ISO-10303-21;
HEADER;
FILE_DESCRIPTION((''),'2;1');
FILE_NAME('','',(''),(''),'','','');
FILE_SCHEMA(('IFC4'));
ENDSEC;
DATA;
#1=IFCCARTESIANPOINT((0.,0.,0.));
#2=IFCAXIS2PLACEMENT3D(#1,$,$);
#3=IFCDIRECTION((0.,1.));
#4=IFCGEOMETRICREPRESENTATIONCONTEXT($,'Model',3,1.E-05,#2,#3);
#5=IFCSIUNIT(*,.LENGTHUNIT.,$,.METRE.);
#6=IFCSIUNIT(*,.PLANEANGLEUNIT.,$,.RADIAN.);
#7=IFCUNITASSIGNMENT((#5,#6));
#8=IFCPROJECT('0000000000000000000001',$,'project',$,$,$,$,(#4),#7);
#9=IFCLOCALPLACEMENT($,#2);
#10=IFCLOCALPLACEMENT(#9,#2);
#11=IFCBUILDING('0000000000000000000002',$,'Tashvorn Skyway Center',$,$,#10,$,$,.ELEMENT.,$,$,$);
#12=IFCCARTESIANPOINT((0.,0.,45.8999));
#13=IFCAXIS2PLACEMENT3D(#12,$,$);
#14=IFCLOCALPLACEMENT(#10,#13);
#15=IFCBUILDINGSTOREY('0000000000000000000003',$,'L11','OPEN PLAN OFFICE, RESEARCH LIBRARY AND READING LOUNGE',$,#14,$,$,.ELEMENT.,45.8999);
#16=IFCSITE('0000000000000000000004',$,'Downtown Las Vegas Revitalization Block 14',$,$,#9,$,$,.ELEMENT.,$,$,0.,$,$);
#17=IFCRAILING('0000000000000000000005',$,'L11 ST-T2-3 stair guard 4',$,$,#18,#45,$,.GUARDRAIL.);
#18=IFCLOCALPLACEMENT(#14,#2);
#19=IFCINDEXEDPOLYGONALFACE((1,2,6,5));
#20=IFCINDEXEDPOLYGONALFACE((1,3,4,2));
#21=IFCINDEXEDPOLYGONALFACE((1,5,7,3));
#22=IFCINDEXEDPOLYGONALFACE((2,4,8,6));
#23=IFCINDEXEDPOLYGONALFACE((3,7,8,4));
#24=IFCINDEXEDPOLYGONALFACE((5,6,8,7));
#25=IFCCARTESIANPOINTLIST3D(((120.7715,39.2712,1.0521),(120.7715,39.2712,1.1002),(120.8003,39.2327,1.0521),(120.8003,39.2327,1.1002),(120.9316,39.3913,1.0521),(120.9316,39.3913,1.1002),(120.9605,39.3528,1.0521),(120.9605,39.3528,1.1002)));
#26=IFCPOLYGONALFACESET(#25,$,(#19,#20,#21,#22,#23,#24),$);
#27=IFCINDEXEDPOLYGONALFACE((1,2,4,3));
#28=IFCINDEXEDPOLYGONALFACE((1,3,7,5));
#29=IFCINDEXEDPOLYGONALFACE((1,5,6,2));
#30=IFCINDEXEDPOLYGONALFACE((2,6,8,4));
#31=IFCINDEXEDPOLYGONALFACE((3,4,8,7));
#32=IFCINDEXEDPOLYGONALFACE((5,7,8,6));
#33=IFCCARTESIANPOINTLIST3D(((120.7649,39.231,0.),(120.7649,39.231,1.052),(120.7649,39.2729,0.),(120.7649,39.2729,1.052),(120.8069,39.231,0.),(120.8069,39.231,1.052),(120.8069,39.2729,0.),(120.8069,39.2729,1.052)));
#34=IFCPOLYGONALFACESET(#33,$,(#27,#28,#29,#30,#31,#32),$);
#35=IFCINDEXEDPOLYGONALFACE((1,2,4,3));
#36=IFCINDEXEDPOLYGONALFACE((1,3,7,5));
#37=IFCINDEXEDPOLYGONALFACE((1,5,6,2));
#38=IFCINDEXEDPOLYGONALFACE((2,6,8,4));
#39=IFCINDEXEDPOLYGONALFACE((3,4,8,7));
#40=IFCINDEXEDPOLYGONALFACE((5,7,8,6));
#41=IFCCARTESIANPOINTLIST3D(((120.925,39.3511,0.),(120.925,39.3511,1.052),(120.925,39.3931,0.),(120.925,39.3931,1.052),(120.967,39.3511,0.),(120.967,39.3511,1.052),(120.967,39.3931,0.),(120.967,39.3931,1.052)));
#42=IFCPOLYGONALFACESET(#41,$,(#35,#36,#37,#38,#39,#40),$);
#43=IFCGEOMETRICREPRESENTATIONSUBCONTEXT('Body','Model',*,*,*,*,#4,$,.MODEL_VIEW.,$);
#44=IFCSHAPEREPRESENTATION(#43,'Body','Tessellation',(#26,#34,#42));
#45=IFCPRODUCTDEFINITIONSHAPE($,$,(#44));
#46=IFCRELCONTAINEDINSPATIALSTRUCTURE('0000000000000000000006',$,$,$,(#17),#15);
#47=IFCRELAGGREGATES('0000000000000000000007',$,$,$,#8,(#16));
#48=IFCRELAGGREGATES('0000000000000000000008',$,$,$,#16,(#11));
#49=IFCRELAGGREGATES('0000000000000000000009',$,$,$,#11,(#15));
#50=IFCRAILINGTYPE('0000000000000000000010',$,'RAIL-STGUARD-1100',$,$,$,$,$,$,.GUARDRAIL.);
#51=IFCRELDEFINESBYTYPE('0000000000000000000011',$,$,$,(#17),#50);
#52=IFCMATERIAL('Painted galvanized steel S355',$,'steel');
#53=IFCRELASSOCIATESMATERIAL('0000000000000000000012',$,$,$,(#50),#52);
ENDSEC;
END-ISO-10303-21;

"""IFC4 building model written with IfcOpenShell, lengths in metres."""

from ifc_helpers import new_model, si_unit, direction, frame, origin, origin_2d, place, context, subcontext, project, spatial, rectangle, extrude, material, type_object, element, save


model = new_model("IFC4")

# Units and contexts
model_context = context("Model", 3, precision=1e-05, world=origin(), true_north=direction((0.0, 1.0)))
body_context = subcontext(model_context, "Body", "Model", "MODEL_VIEW")
ifc_project = project(units=[si_unit("LENGTHUNIT", "METRE"), si_unit("PLANEANGLEUNIT", "RADIAN")], contexts=[model_context])

# Site, building, storey
site_placement = place(None, origin())
site = spatial("IfcSite", under=ifc_project, at=site_placement, Name="Downtown Las Vegas Revitalization Block 14", CompositionType="ELEMENT", RefElevation=0.0)
building_placement = place(site_placement, origin())
building = spatial("IfcBuilding", under=site, at=building_placement, Name="Tashvorn Skyway Center", CompositionType="ELEMENT")
storey_placement = place(building_placement, frame((0.0, 0.0, 45.8999)))
storey = spatial("IfcBuildingStorey", under=building, at=storey_placement, Name="L11", Description="OPEN PLAN OFFICE, RESEARCH LIBRARY AND READING LOUNGE", CompositionType="ELEMENT", Elevation=45.8999)

# Railing
ifc_material_1 = material(Name="Painted galvanized steel S355", Category="steel")
railing_type_1 = type_object("IfcRailingType", Name="RAIL-STGUARD-1100", PredefinedType="GUARDRAIL", material=ifc_material_1)
railing_1_placement = place(storey_placement, frame((120.7859, 39.252, 0.0)))
element("IfcRailing", 1, at=railing_1_placement, inside=storey, type_object=railing_type_1, Name="L11 ST-T2-3 stair guard 4", PredefinedType="GUARDRAIL", context=body_context, shape_type="SweptSolid", body=[
    extrude(rectangle(XDim=0.0481, YDim=0.0481, at=origin_2d()), frame((0.0, 0.0, 1.0762), z_axis=(0.8, 0.6, 0.0), x_axis=(-0.6, 0.8, 0.0)), (0.0, 0.0, 1.0), 0.2002),
    extrude(rectangle(XDim=0.042, YDim=0.042, at=origin_2d()), origin(), (0.0, 0.0, 1.0), 1.052),
    extrude(rectangle(XDim=0.042, YDim=0.042, at=origin_2d()), frame((0.1602, 0.1201, 0.0)), (0.0, 0.0, 1.0), 1.052),
])

save(model, "model.ifc")
